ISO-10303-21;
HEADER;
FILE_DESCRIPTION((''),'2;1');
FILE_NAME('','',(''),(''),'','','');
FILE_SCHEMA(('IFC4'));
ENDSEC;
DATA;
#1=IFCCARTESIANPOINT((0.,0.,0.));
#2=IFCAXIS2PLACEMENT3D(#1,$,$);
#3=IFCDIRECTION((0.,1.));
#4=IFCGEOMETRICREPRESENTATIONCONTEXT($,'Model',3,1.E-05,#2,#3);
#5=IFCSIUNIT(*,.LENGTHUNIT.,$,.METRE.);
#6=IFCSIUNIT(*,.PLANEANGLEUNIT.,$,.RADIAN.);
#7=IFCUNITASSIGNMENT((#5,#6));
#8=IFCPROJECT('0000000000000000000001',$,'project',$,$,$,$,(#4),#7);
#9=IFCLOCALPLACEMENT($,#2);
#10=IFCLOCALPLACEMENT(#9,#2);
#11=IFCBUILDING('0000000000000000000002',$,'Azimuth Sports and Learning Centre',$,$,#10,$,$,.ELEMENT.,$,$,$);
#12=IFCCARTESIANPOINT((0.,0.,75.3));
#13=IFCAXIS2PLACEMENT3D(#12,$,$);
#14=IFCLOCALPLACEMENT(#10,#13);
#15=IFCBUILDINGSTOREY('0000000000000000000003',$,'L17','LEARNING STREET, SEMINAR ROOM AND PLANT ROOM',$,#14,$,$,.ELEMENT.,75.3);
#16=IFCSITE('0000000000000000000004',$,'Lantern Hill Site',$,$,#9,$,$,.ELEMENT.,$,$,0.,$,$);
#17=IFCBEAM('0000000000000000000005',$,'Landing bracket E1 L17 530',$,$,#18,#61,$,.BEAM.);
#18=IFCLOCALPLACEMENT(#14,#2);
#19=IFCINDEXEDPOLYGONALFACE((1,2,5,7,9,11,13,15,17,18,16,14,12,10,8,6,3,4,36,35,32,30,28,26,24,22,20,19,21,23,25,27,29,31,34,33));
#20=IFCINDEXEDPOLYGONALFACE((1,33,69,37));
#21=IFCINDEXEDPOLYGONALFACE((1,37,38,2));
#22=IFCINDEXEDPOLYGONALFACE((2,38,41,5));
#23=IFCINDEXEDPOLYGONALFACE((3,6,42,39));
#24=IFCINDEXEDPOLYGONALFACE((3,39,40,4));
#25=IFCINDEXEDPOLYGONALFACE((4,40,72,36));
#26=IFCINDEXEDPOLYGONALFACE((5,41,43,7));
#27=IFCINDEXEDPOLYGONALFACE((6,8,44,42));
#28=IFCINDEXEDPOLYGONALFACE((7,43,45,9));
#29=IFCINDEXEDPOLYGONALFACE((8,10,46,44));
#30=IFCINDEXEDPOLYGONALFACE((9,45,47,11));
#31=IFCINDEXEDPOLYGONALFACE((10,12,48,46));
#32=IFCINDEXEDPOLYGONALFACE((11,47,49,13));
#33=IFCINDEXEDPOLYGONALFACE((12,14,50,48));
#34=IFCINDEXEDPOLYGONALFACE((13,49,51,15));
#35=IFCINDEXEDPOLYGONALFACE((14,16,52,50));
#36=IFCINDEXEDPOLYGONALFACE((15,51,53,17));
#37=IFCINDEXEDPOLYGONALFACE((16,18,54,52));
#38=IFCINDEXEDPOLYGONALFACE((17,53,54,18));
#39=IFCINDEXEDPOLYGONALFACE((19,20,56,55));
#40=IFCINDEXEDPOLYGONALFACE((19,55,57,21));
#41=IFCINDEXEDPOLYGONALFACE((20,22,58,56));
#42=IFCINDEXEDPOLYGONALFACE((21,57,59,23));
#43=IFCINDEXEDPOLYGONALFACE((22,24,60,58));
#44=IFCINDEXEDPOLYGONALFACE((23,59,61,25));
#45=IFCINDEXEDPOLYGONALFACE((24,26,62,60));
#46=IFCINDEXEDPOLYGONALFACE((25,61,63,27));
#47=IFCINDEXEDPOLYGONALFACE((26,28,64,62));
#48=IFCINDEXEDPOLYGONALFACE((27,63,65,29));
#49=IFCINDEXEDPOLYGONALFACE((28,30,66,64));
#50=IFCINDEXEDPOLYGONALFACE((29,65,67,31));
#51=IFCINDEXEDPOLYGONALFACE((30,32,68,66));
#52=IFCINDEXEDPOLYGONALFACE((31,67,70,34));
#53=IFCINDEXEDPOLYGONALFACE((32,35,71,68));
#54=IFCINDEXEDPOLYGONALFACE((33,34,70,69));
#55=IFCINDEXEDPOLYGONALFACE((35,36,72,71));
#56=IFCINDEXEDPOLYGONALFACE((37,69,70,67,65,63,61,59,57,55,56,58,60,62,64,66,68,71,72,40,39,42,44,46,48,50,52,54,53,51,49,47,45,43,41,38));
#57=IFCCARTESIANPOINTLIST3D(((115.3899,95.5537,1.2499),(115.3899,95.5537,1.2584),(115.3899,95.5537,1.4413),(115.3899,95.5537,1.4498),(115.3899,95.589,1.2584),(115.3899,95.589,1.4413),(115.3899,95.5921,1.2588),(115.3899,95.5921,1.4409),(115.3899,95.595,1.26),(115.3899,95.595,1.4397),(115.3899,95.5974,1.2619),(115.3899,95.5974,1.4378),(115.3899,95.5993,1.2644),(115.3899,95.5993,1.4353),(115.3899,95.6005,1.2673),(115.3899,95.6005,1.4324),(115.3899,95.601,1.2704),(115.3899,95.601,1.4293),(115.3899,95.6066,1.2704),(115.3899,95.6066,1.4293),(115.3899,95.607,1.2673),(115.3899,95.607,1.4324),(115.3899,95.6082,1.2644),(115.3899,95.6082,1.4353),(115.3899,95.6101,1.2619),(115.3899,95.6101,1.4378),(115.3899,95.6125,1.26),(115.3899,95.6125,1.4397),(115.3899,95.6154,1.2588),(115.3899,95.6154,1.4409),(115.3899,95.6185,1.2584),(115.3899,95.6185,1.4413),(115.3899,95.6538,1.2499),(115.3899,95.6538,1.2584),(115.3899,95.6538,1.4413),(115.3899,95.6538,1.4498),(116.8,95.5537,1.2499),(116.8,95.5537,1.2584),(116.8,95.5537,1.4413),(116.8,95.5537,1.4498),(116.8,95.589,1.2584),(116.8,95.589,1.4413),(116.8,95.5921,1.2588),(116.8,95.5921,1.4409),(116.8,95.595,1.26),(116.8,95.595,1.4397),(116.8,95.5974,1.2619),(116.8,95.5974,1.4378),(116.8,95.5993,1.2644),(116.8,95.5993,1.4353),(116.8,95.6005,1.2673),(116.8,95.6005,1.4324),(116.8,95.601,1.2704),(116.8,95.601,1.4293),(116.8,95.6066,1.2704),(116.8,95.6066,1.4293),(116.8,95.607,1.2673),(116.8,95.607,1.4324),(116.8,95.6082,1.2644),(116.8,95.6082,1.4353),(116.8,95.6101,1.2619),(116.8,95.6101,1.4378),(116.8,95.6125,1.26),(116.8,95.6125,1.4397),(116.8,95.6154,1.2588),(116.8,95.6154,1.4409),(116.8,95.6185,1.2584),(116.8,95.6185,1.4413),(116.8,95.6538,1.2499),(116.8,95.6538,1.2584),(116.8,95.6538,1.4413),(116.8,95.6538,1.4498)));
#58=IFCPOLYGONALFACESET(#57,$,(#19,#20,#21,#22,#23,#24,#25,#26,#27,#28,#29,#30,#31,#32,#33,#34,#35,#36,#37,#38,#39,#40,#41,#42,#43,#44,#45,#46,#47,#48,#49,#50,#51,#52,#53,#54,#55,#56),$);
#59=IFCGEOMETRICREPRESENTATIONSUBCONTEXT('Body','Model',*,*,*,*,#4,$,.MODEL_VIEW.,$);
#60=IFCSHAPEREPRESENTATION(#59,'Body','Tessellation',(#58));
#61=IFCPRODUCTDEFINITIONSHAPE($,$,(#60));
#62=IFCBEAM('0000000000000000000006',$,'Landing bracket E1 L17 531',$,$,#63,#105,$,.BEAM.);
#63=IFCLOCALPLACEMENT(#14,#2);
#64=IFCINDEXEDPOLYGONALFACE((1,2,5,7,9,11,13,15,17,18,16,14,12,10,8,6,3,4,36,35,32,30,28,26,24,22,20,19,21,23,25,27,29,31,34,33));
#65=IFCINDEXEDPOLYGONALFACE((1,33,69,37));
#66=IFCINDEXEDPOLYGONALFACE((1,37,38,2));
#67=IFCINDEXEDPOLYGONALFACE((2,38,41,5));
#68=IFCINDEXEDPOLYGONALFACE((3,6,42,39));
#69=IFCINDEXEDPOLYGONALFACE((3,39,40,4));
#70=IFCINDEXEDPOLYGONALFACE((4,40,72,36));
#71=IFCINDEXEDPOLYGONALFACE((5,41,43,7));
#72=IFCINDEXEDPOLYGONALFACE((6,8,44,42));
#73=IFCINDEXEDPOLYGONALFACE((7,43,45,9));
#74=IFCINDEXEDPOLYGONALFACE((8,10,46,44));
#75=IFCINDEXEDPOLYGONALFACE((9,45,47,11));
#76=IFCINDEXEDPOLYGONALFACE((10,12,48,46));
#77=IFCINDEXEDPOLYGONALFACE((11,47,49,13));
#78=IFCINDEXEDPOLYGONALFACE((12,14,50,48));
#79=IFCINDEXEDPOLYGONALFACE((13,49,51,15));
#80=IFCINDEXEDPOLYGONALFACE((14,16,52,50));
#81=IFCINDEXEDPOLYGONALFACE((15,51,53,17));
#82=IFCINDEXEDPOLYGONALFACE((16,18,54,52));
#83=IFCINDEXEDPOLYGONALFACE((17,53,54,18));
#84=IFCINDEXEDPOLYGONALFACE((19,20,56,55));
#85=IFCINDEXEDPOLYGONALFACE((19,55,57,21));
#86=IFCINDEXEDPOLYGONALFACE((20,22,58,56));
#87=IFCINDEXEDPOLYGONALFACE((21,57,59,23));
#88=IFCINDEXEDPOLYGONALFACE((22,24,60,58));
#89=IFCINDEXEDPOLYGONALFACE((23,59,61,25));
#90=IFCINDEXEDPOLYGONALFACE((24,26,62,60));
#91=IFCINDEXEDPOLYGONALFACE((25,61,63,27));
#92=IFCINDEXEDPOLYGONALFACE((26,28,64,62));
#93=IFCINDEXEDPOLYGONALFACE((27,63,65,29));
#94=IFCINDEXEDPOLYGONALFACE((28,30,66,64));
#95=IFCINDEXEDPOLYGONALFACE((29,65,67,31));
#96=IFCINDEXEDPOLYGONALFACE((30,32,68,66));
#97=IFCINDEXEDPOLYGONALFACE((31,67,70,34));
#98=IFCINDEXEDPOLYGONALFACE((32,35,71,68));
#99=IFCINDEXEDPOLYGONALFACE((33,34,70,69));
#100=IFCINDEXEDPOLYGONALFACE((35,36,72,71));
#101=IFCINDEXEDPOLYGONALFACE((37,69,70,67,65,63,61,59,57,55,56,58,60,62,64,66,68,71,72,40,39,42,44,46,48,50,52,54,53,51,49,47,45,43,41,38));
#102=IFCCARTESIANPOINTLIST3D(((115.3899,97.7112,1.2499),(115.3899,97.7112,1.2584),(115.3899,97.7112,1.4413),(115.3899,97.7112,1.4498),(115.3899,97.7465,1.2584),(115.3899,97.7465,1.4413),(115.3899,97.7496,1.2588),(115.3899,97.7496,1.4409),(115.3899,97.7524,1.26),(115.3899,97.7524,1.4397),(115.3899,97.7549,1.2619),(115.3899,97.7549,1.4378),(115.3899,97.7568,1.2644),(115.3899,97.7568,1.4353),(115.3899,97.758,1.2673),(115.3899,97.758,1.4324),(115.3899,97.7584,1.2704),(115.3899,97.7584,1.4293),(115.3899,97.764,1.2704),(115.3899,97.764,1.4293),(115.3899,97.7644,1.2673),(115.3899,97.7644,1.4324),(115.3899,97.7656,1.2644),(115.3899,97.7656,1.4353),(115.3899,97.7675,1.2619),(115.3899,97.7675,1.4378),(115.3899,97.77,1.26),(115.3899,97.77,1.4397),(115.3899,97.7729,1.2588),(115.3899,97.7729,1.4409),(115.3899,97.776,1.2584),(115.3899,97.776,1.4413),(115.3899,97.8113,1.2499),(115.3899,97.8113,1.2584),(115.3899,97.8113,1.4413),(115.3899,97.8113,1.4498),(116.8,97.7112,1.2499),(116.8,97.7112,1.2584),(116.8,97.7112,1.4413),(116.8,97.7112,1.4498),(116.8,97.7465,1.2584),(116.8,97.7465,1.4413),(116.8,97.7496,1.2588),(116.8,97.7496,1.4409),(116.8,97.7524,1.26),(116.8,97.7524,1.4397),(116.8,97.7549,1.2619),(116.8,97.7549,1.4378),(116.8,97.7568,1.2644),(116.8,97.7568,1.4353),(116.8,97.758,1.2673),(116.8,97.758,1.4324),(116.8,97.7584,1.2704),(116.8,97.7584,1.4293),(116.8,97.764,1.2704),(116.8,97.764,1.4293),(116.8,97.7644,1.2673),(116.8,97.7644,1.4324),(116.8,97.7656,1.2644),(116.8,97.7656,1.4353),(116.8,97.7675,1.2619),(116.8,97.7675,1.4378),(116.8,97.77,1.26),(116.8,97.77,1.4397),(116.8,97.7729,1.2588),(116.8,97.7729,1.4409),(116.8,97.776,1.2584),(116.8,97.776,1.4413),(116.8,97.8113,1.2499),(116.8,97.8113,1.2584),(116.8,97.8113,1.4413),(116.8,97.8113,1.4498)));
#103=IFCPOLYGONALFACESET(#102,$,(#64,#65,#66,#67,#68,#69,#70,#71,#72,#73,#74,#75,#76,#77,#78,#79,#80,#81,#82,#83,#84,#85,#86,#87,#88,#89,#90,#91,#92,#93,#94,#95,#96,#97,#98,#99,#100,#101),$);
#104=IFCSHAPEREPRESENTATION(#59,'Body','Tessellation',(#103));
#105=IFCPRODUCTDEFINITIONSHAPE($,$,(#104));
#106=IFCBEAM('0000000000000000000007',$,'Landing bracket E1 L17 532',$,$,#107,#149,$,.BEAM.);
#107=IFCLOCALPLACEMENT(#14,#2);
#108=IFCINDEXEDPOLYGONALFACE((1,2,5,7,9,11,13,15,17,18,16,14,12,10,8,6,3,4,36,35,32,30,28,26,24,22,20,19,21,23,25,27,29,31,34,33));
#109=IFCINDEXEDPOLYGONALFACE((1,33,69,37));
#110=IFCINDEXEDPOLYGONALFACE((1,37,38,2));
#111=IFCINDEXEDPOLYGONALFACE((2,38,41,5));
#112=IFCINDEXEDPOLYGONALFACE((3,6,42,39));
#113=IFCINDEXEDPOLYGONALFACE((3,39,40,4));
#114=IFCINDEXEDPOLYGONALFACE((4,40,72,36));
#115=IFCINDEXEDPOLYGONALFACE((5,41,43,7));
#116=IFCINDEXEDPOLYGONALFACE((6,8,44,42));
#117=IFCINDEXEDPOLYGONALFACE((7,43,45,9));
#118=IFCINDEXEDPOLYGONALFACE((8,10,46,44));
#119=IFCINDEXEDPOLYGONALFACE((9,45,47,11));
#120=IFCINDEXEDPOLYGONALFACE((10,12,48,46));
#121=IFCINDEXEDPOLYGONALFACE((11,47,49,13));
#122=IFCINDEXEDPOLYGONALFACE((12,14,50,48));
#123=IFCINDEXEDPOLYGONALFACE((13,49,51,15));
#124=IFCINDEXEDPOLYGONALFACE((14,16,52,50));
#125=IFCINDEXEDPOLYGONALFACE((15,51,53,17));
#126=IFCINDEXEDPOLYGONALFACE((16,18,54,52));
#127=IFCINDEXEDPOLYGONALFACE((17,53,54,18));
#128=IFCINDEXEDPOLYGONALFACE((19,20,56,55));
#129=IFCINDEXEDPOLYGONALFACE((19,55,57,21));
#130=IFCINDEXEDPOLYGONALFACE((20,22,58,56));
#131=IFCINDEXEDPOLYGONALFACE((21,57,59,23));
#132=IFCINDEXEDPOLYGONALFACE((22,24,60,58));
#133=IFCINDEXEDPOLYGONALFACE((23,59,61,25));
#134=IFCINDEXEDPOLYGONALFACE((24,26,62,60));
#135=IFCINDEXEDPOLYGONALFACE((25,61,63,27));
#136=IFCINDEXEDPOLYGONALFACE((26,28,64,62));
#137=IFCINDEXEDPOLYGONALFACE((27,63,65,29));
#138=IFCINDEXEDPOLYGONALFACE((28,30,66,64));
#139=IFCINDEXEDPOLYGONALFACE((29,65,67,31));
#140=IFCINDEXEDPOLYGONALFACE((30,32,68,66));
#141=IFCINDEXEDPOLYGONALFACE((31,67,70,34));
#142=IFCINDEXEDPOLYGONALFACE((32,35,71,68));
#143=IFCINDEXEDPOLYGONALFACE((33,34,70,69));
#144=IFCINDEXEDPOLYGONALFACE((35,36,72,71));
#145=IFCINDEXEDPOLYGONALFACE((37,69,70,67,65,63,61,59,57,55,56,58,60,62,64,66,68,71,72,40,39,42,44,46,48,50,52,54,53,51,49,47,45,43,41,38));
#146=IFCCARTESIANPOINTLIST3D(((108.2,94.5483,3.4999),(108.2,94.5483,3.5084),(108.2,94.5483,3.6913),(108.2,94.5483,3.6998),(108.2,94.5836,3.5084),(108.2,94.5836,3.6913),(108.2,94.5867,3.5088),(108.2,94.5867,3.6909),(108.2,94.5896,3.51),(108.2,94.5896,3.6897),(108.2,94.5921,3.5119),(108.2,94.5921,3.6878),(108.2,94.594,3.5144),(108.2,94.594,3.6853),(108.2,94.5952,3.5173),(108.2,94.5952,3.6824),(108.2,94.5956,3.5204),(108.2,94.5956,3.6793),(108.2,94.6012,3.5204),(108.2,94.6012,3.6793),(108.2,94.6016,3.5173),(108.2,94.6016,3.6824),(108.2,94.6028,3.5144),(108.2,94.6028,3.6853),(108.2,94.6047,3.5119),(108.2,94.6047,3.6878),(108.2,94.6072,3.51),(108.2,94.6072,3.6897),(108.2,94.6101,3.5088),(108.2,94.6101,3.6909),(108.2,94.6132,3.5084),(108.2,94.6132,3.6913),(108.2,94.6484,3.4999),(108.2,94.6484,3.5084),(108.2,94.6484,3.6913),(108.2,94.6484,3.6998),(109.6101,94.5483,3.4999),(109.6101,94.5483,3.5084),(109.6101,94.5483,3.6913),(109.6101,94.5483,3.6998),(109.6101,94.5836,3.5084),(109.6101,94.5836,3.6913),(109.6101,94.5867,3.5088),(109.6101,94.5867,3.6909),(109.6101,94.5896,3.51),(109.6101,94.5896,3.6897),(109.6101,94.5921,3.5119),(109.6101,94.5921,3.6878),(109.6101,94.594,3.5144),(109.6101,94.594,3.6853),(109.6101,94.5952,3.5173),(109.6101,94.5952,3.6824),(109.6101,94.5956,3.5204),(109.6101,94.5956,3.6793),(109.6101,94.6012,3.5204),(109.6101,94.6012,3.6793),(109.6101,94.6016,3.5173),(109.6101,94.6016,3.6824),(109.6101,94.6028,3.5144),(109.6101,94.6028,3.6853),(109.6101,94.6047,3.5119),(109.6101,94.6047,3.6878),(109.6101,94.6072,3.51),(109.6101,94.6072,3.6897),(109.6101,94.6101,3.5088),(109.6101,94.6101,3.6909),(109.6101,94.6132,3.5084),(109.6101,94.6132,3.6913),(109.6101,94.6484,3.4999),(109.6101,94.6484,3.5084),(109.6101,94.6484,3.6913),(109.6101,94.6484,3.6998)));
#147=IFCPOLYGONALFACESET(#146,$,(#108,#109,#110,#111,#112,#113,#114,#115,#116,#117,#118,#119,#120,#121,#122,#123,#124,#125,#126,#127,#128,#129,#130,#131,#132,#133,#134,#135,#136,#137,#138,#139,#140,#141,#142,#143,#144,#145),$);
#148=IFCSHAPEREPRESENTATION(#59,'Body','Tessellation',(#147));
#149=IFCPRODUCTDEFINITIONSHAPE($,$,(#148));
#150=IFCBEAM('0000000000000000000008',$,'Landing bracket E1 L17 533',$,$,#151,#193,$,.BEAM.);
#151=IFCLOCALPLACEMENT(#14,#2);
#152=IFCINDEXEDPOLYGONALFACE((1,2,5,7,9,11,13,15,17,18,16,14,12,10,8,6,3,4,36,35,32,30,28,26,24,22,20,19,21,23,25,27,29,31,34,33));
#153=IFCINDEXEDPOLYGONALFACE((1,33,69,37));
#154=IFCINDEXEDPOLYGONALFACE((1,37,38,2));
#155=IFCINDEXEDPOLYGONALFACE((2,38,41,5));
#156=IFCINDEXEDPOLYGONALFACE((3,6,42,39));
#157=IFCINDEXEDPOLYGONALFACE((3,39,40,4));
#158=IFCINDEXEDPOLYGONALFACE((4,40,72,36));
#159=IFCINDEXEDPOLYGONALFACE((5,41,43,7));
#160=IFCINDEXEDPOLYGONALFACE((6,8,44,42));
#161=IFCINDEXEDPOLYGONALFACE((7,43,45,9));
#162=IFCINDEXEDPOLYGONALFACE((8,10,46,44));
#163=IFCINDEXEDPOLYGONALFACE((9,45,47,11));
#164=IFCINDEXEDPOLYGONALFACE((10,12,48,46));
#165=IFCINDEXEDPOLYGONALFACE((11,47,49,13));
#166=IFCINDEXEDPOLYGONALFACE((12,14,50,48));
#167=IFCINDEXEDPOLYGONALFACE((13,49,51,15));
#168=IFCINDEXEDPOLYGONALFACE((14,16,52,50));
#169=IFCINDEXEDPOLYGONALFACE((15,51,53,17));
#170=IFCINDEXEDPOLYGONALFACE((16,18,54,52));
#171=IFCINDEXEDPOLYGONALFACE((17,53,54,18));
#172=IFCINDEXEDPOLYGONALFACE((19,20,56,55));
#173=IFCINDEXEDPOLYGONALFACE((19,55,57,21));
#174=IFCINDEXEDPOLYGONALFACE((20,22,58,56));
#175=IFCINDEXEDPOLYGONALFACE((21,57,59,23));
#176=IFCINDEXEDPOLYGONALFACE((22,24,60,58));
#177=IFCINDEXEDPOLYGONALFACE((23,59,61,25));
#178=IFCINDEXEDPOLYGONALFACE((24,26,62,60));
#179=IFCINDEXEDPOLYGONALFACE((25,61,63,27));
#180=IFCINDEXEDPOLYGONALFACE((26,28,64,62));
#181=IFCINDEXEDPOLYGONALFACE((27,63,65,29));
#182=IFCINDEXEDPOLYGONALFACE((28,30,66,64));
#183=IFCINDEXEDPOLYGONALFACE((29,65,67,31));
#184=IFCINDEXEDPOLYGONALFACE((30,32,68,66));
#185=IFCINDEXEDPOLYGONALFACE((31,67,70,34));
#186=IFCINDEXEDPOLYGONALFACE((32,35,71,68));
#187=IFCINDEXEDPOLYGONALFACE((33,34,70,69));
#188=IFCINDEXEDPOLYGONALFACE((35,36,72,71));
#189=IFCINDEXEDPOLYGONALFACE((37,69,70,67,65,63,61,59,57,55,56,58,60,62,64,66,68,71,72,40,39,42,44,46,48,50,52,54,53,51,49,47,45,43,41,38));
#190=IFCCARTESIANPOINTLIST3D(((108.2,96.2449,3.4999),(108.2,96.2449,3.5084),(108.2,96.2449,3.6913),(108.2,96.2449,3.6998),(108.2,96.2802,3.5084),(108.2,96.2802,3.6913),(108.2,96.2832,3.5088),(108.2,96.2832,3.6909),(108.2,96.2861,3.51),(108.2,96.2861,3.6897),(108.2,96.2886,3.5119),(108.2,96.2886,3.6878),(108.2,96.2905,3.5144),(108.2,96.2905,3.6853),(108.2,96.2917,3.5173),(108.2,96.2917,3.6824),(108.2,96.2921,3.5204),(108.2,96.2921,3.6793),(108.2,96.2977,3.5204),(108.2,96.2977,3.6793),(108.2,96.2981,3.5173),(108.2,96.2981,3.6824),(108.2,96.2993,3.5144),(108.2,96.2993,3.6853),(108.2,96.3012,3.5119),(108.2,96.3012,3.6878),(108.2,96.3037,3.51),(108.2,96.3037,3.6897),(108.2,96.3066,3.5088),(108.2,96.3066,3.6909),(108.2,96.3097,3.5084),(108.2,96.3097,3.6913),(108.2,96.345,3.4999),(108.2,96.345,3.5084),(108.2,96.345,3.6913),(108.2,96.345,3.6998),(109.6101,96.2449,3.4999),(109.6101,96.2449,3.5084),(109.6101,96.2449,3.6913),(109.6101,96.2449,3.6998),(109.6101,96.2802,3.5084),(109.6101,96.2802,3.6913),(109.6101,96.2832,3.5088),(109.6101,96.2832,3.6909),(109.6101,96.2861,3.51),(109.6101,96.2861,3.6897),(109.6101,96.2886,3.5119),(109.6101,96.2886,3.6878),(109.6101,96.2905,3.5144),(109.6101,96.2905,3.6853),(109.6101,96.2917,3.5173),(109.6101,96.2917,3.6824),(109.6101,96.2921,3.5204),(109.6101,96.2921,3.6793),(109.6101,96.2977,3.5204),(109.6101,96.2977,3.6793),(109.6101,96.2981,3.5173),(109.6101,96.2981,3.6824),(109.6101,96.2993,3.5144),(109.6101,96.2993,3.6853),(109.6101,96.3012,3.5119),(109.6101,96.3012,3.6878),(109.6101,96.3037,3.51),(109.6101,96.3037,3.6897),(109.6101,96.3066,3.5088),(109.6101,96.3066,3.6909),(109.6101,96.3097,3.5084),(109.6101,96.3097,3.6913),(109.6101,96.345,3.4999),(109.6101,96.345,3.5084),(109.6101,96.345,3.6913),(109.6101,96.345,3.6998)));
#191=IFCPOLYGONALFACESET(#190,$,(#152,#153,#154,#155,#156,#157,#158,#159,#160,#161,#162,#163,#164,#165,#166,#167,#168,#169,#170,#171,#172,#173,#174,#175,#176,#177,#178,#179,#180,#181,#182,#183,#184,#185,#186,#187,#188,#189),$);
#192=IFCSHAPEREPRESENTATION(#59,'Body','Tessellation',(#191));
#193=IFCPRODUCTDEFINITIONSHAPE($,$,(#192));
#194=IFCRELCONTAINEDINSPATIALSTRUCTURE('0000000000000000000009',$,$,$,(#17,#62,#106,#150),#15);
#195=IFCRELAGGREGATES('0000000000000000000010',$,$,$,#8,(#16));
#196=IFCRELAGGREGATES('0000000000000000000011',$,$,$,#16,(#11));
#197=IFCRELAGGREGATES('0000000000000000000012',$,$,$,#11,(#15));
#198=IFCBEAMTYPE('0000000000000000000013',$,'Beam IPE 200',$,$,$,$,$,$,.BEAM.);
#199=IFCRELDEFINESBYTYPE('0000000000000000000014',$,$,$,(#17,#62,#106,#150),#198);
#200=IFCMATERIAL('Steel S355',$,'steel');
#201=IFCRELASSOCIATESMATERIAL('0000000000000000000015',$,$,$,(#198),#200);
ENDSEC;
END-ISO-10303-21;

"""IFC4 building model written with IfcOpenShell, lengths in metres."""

from ifc_helpers import new_model, si_unit, direction, frame, origin, origin_2d, place, context, subcontext, project, spatial, i_section, extrude, material, material_profile, profile_set, type_object, element, save


model = new_model("IFC4")

# Units and contexts
model_context = context("Model", 3, precision=1e-05, world=origin(), true_north=direction((0.0, 1.0)))
body_context = subcontext(model_context, "Body", "Model", "MODEL_VIEW")
ifc_project = project(units=[si_unit("LENGTHUNIT", "METRE"), si_unit("PLANEANGLEUNIT", "RADIAN")], contexts=[model_context])

# Site, building, storey
site_placement = place(None, origin())
site = spatial("IfcSite", under=ifc_project, at=site_placement, Name="Lantern Hill Site", CompositionType="ELEMENT", RefElevation=0.0)
building_placement = place(site_placement, origin())
building = spatial("IfcBuilding", under=site, at=building_placement, Name="Azimuth Sports and Learning Centre", CompositionType="ELEMENT")
storey_placement = place(building_placement, frame((0.0, 0.0, 75.3)))
storey = spatial("IfcBuildingStorey", under=building, at=storey_placement, Name="L17", Description="LEARNING STREET, SEMINAR ROOM AND PLANT ROOM", CompositionType="ELEMENT", Elevation=75.3)

# Beams
ifc_material_1 = material(Name="Steel S355", Category="steel")
ifc_material_profile = material_profile(ifc_material_1, i_section(OverallWidth=0.1001, OverallDepth=0.2, WebThickness=0.0056, FlangeThickness=0.0085, FilletRadius=0.012, at=origin_2d()), Name="IPE 200")
ifc_profile_set = profile_set([ifc_material_profile], Name="Steel S355")
beam_type = type_object("IfcBeamType", Name="Beam IPE 200", PredefinedType="BEAM", material=ifc_profile_set)
for number, where, z_axis, x_axis, name in (
    (1, (116.8, 95.6038, 1.3499), (-1.0, 0.0, 0.0), (0.0, -1.0, 0.0), "Landing bracket E1 L17 530"),
    (2, (116.8, 97.7612, 1.3499), (-1.0, 0.0, 0.0), (0.0, -1.0, 0.0), "Landing bracket E1 L17 531"),
    (3, (108.2, 94.5984, 3.5999), (1.0, 0.0, 0.0), (0.0, 1.0, 0.0), "Landing bracket E1 L17 532"),
    (4, (108.2, 96.2949, 3.5999), (1.0, 0.0, 0.0), (0.0, 1.0, 0.0), "Landing bracket E1 L17 533"),
):
    element("IfcBeam", number, at=place(storey_placement, frame(where, z_axis=z_axis, x_axis=x_axis)), inside=storey, type_object=beam_type, Name=name, PredefinedType="BEAM", context=body_context, shape_type="SweptSolid", body=[
        extrude(i_section(OverallWidth=0.1001, OverallDepth=0.2, WebThickness=0.0056, FlangeThickness=0.0085, FilletRadius=0.012, at=origin_2d()), origin(), (0.0, 0.0, 1.0), 1.4102),
    ])

save(model, "model.ifc")
